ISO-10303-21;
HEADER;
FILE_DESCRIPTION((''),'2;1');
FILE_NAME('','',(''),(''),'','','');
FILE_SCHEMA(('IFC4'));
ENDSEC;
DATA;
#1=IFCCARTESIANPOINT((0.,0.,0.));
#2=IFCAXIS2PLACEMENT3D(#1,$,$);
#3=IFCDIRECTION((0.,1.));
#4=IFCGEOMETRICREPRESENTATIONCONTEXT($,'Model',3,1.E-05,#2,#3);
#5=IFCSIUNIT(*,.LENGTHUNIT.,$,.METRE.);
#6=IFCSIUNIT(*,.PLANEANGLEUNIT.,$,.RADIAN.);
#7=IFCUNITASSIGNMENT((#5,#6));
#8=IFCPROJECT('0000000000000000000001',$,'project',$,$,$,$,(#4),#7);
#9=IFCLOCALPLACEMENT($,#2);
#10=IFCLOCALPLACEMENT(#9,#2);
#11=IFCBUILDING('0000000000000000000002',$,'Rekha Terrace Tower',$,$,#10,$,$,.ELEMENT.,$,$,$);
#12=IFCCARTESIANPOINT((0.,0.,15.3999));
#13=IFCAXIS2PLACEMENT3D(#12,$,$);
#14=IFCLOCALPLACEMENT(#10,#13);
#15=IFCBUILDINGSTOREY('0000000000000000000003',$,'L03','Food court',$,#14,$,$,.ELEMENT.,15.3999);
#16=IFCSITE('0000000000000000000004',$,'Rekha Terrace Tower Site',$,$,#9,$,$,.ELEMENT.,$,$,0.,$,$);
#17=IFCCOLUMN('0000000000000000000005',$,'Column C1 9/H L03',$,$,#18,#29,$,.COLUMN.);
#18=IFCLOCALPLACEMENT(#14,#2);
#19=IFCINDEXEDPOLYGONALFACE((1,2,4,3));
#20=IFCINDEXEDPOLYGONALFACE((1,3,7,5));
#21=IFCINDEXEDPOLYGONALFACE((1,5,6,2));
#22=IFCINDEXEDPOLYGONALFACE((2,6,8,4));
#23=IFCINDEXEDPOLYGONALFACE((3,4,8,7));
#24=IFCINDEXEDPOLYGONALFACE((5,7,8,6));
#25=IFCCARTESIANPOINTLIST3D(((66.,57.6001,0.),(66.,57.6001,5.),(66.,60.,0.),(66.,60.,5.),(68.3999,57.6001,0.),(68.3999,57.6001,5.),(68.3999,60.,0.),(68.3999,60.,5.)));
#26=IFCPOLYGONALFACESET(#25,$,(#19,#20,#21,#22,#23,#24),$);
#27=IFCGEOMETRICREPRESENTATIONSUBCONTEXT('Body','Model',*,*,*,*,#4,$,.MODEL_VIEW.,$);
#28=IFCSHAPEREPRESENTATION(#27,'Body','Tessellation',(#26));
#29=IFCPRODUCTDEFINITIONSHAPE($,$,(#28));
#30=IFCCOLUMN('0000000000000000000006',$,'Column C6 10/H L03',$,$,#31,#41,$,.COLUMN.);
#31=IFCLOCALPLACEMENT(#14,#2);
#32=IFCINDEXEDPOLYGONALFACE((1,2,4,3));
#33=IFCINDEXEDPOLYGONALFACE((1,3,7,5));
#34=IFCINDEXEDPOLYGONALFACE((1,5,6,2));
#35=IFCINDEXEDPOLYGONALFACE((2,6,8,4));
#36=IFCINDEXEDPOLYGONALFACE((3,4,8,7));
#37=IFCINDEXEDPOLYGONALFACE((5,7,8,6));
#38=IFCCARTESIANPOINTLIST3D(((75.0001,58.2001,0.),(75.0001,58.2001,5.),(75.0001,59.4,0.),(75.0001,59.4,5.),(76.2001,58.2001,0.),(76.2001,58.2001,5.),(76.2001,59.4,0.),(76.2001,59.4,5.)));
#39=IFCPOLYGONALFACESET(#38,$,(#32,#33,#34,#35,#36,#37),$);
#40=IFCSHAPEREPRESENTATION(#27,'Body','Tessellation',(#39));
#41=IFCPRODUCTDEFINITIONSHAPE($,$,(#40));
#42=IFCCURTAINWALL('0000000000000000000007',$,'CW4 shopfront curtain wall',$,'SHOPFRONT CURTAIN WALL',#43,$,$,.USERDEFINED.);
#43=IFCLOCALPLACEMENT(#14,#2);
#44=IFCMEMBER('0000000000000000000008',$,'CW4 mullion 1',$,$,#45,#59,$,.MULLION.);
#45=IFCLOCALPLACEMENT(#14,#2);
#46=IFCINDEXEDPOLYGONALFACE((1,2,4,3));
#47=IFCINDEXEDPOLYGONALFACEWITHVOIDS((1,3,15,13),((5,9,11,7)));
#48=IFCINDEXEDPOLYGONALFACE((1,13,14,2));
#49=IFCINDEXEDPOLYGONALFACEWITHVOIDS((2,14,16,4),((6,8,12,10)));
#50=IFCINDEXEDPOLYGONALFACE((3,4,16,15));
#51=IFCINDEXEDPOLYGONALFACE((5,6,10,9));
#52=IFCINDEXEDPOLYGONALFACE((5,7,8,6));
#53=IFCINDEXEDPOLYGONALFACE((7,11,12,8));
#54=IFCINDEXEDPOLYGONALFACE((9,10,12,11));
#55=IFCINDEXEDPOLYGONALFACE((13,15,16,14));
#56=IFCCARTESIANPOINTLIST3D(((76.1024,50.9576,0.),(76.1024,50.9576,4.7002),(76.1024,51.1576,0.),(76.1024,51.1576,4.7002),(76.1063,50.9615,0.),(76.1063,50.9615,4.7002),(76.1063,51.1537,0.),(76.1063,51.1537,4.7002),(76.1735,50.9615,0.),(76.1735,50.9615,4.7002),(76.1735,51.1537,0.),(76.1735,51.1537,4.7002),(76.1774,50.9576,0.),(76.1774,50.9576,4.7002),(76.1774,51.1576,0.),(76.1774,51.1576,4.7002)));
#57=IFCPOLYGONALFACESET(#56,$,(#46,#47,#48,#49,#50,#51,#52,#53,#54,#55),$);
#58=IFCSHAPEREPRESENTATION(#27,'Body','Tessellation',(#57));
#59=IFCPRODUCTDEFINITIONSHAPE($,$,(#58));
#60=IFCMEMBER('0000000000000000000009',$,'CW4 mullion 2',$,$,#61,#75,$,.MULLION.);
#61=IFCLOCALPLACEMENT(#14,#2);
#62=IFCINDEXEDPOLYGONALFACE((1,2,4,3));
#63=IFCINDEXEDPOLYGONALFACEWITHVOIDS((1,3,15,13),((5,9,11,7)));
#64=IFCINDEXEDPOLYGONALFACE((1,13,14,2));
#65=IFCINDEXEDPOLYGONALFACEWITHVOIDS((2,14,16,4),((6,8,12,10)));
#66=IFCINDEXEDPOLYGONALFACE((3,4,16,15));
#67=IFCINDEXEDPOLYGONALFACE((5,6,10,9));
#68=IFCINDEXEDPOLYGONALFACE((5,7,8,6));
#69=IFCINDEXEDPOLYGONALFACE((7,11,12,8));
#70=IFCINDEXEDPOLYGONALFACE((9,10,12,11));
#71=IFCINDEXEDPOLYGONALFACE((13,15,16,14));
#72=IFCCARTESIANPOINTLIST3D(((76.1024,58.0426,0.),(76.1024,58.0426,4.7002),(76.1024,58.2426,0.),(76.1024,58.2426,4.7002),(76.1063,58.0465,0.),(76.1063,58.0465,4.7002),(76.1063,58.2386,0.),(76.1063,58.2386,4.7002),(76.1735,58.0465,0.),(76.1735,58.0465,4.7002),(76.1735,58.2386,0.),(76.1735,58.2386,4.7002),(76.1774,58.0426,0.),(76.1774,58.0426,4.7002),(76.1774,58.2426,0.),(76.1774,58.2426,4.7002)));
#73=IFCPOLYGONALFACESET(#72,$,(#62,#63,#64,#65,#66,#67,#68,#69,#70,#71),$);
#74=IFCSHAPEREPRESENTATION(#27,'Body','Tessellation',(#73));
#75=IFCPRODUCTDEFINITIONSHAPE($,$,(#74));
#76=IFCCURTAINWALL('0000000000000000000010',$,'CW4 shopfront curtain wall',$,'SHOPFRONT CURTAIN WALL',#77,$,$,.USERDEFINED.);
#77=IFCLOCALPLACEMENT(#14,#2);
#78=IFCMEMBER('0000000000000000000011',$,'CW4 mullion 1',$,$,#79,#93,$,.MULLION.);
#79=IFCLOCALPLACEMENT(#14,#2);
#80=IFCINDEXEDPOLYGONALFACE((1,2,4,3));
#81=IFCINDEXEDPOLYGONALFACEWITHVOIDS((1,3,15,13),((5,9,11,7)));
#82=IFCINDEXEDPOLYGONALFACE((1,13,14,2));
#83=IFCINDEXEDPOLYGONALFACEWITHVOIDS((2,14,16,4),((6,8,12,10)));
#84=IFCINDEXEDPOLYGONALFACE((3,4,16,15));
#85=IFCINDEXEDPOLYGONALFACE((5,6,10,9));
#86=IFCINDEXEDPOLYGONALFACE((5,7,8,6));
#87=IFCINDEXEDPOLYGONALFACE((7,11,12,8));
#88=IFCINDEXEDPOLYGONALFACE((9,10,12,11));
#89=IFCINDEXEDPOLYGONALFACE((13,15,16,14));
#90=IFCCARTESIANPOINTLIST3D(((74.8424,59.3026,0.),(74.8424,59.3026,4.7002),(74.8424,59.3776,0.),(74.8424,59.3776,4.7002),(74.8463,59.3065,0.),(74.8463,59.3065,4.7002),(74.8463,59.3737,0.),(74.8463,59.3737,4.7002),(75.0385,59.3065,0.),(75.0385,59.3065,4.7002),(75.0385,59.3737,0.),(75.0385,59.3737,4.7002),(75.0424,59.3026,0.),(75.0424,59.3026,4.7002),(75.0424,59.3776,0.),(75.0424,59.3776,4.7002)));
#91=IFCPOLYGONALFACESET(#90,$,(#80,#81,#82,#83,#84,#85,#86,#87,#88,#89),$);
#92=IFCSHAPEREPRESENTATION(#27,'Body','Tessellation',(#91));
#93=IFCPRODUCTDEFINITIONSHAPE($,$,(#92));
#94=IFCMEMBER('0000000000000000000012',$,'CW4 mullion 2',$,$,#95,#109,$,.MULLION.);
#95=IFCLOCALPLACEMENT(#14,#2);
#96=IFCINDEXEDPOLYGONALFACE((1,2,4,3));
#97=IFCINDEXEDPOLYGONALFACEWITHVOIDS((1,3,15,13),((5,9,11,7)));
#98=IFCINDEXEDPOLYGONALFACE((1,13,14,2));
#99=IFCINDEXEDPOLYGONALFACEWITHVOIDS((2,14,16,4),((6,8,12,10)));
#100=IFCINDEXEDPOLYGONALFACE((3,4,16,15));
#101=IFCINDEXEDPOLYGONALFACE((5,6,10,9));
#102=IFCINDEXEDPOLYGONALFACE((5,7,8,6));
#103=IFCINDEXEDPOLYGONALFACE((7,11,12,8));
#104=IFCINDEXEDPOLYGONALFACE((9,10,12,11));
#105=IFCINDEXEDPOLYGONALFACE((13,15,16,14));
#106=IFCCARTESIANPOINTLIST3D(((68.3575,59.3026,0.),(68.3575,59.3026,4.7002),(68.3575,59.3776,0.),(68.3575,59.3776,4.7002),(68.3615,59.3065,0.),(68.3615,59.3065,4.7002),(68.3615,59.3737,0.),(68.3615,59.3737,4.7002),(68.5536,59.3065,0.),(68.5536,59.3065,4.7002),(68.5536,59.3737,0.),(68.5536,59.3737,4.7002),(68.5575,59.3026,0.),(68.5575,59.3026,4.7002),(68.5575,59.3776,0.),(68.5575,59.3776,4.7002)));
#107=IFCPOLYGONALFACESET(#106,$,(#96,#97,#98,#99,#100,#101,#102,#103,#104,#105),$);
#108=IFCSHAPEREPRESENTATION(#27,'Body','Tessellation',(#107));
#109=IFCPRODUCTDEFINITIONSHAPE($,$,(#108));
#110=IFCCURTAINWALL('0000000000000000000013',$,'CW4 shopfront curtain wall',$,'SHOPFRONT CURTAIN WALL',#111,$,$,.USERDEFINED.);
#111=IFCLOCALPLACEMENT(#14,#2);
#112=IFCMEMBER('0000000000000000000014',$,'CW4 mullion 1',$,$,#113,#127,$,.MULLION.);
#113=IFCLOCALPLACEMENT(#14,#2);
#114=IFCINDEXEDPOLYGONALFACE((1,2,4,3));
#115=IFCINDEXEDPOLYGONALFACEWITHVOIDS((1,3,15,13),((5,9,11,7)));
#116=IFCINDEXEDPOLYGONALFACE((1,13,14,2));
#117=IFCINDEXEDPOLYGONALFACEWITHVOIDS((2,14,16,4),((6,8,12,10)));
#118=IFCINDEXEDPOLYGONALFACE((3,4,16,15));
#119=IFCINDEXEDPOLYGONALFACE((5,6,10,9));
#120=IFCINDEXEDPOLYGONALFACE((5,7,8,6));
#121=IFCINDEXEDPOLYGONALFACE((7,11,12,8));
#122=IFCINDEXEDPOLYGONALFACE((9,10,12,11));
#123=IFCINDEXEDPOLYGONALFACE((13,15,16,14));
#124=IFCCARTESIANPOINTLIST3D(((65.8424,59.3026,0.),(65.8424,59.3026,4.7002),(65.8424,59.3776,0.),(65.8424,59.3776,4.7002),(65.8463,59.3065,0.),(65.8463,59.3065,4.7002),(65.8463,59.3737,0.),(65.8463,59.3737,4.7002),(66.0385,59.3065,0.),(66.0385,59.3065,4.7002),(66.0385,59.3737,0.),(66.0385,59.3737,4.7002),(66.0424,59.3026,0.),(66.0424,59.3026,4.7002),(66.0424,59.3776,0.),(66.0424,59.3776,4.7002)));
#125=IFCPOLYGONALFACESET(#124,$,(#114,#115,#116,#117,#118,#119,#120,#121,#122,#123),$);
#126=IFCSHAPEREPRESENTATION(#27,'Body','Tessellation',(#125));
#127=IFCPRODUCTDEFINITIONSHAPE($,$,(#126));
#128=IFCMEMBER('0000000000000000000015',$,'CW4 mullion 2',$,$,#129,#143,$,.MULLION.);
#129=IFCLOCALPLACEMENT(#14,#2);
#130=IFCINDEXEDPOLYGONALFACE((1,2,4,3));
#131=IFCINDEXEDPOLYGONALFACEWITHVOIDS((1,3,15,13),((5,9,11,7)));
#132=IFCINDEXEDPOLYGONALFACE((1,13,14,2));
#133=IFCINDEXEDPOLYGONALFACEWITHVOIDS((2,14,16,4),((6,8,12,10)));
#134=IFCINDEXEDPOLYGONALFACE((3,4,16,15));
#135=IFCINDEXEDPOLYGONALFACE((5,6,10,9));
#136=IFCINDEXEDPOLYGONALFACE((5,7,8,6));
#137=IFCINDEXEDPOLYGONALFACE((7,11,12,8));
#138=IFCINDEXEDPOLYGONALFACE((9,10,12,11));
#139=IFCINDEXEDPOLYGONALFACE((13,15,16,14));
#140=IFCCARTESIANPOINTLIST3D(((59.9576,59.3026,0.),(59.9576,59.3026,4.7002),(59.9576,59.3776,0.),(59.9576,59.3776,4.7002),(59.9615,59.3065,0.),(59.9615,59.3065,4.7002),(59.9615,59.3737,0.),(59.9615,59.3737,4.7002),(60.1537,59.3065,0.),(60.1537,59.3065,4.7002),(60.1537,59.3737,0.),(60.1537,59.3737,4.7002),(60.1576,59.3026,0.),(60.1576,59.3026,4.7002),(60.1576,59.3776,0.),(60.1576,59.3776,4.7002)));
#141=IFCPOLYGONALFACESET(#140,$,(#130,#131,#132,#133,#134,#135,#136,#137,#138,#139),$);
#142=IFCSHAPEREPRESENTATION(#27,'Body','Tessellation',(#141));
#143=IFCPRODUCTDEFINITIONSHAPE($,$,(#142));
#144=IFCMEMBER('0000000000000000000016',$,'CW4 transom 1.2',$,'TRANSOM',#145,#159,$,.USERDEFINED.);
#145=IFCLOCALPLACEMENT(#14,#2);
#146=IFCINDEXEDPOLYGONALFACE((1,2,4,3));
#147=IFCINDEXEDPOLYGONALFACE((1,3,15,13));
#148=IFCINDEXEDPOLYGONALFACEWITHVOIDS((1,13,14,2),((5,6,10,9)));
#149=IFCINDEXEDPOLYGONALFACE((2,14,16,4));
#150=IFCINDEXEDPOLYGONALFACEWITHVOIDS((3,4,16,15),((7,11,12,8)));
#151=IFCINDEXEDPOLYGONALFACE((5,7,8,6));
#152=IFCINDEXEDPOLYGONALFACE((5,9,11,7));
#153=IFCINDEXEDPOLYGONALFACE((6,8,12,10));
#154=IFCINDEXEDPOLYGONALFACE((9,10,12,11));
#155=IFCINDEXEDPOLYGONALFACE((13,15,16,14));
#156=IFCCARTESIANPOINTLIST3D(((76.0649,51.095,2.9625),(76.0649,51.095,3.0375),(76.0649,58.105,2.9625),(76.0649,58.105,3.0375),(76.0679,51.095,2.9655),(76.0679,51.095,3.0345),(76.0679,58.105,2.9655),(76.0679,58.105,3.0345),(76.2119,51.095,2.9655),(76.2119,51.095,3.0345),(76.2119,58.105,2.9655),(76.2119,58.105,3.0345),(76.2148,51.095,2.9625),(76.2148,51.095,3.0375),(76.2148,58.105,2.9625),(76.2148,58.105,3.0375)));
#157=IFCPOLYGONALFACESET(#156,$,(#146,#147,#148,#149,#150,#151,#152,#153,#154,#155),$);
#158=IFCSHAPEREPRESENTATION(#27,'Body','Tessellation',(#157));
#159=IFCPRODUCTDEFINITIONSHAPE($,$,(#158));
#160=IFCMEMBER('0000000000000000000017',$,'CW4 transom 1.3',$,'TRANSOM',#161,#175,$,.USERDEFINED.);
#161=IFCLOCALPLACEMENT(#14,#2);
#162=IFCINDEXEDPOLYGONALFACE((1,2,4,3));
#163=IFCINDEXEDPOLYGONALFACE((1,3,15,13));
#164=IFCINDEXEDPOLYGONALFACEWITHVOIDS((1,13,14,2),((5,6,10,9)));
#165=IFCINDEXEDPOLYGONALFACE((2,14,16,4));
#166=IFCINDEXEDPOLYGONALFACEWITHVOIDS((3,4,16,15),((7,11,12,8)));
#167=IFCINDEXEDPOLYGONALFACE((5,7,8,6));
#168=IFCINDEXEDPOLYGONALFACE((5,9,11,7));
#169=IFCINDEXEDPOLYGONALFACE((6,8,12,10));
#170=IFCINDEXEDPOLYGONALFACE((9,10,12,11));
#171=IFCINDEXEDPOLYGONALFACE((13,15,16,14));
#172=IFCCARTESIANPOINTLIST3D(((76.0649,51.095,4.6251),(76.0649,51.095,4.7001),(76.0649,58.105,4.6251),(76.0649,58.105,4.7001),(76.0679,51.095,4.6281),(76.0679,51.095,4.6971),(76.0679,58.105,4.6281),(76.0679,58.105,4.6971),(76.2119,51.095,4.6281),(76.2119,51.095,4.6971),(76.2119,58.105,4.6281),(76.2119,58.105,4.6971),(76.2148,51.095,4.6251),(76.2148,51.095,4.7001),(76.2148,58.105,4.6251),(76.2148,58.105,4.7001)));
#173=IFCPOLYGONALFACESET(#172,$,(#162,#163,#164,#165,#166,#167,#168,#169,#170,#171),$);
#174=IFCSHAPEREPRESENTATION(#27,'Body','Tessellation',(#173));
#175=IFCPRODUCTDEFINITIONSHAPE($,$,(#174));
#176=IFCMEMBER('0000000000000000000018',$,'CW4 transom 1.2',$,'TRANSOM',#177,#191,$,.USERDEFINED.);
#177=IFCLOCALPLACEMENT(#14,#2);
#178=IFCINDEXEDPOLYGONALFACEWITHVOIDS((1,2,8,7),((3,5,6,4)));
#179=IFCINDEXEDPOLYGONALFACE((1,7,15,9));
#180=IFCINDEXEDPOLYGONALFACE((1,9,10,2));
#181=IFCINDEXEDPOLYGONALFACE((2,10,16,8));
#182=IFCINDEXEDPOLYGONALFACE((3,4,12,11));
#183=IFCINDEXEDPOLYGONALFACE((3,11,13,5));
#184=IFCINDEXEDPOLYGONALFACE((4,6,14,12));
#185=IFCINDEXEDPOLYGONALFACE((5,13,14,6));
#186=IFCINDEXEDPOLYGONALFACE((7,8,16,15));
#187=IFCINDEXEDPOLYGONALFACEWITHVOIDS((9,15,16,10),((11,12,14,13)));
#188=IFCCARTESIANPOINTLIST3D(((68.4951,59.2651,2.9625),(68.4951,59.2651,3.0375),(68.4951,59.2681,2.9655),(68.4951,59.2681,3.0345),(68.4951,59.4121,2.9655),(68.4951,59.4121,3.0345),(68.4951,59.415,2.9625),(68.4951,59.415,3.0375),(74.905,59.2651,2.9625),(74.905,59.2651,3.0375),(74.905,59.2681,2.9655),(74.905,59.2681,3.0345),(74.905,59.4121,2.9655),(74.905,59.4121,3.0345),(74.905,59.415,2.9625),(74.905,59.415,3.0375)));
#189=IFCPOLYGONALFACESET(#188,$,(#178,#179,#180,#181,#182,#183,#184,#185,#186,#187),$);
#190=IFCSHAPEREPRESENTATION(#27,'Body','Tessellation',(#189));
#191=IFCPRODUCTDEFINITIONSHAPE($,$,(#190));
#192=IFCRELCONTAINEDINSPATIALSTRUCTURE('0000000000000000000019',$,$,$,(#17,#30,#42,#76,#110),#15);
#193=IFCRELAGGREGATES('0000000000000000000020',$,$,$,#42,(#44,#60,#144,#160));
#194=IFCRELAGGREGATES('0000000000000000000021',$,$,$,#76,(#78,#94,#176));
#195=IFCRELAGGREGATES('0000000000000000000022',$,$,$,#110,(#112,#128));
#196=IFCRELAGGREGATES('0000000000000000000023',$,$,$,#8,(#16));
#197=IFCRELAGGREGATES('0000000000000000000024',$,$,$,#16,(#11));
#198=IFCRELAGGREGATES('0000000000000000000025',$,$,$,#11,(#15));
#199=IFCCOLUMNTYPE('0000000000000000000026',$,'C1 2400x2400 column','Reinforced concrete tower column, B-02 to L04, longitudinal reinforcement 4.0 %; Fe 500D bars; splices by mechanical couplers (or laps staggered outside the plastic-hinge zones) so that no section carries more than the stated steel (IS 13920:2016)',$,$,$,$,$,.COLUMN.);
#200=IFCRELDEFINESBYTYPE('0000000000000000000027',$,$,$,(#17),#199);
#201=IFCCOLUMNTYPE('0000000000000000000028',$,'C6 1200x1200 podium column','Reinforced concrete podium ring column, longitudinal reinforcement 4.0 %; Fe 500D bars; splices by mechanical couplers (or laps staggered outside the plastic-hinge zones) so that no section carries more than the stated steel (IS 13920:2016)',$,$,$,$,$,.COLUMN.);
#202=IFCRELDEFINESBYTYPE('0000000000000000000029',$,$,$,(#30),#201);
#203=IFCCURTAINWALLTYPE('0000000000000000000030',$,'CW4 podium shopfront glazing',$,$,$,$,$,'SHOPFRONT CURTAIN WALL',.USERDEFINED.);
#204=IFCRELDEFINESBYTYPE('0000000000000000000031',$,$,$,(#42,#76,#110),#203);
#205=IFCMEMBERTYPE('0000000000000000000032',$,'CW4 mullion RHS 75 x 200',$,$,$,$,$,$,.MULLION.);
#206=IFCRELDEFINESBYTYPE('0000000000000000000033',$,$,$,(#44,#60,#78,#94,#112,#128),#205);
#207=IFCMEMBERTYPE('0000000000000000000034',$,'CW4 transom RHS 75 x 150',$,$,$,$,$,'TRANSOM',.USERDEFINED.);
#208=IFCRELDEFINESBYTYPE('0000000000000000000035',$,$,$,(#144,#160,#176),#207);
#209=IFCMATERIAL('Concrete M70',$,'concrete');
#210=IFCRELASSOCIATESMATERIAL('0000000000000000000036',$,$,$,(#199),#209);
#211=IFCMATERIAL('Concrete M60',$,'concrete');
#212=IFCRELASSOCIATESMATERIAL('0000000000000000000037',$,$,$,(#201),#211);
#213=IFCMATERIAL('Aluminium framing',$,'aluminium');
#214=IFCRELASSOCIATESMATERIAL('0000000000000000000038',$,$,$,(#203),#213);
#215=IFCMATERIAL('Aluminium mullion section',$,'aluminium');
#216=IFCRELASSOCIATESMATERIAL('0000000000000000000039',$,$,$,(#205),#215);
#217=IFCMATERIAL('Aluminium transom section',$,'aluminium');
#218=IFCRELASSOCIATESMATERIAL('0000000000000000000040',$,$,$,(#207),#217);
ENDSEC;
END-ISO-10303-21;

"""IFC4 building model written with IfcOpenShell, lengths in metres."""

from ifc_helpers import new_model, si_unit, direction, frame, origin, origin_2d, place, context, subcontext, project, spatial, rectangle, hollow_rectangle, extrude, material, material_profile, profile_set, type_object, element, aggregate, save


model = new_model("IFC4")

# Units and contexts
model_context = context("Model", 3, precision=1e-05, world=origin(), true_north=direction((0.0, 1.0)))
body_context = subcontext(model_context, "Body", "Model", "MODEL_VIEW")
ifc_project = project(units=[si_unit("LENGTHUNIT", "METRE"), si_unit("PLANEANGLEUNIT", "RADIAN")], contexts=[model_context])

# Site, building, storey
site_placement = place(None, origin())
site = spatial("IfcSite", under=ifc_project, at=site_placement, Name="Rekha Terrace Tower Site", CompositionType="ELEMENT", RefElevation=0.0)
building_placement = place(site_placement, origin())
building = spatial("IfcBuilding", under=site, at=building_placement, Name="Rekha Terrace Tower", CompositionType="ELEMENT")
storey_placement = place(building_placement, frame((0.0, 0.0, 15.3999)))
storey = spatial("IfcBuildingStorey", under=building, at=storey_placement, Name="L03", Description="Food court", CompositionType="ELEMENT", Elevation=15.3999)

# Columns
ifc_material_1 = material(Name="Concrete M70", Category="concrete")
ifc_material_profile_1 = material_profile(ifc_material_1, rectangle(XDim=2.3999, YDim=2.3999, at=origin_2d()), Name="RC 2400x2400")
ifc_profile_set_1 = profile_set([ifc_material_profile_1], Name="Concrete M70")
column_type_1 = type_object("IfcColumnType", Name="C1 2400x2400 column", Description="Reinforced concrete tower column, B-02 to L04, longitudinal reinforcement 4.0 %; Fe 500D bars; splices by mechanical couplers (or laps staggered outside the plastic-hinge zones) so that no section carries more than the stated steel (IS 13920:2016)", PredefinedType="COLUMN", material=ifc_profile_set_1)
column_1_placement = place(storey_placement, frame((67.2, 58.8, 0.0), z_axis=(0.0, 0.0, 1.0), x_axis=(1.0, 0.0, 0.0)))
element("IfcColumn", 1, at=column_1_placement, inside=storey, type_object=column_type_1, Name="Column C1 9/H L03", PredefinedType="COLUMN", context=body_context, shape_type="SweptSolid", body=[
    extrude(rectangle(XDim=2.3999, YDim=2.3999, at=origin_2d()), origin(), (0.0, 0.0, 1.0), 5.0),
])
ifc_material_2 = material(Name="Concrete M60", Category="concrete")
ifc_material_profile_2 = material_profile(ifc_material_2, rectangle(XDim=1.2, YDim=1.2, at=origin_2d()), Name="RC 1200x1200")
ifc_profile_set_2 = profile_set([ifc_material_profile_2], Name="Concrete M60")
column_type_2 = type_object("IfcColumnType", Name="C6 1200x1200 podium column", Description="Reinforced concrete podium ring column, longitudinal reinforcement 4.0 %; Fe 500D bars; splices by mechanical couplers (or laps staggered outside the plastic-hinge zones) so that no section carries more than the stated steel (IS 13920:2016)", PredefinedType="COLUMN", material=ifc_profile_set_2)
column_2_placement = place(storey_placement, frame((75.6001, 58.8, 0.0), z_axis=(0.0, 0.0, 1.0), x_axis=(1.0, 0.0, 0.0)))
element("IfcColumn", 2, at=column_2_placement, inside=storey, type_object=column_type_2, Name="Column C6 10/H L03", PredefinedType="COLUMN", context=body_context, shape_type="SweptSolid", body=[
    extrude(rectangle(XDim=1.2, YDim=1.2, at=origin_2d()), origin(), (0.0, 0.0, 1.0), 5.0),
])

# Curtain walls, members
ifc_material_3 = material(Name="Aluminium framing", Category="aluminium")
curtain_wall_type = type_object("IfcCurtainWallType", Name="CW4 podium shopfront glazing", ElementType="SHOPFRONT CURTAIN WALL", PredefinedType="USERDEFINED", material=ifc_material_3)
curtain_wall_1_placement = place(storey_placement, origin())
curtain_wall_1 = element("IfcCurtainWall", 3, at=curtain_wall_1_placement, inside=storey, type_object=curtain_wall_type, Name="CW4 shopfront curtain wall", ObjectType="SHOPFRONT CURTAIN WALL", PredefinedType="USERDEFINED")
ifc_material_4 = material(Name="Aluminium mullion section", Category="aluminium")
ifc_material_profile_3 = material_profile(ifc_material_4, hollow_rectangle(XDim=0.075, YDim=0.2, WallThickness=0.0039, at=origin_2d()), Name="AL RHS 75x200")
ifc_profile_set_3 = profile_set([ifc_material_profile_3], Name="Aluminium mullion section")
member_type_1 = type_object("IfcMemberType", Name="CW4 mullion RHS 75 x 200", PredefinedType="MULLION", material=ifc_profile_set_3)
member_1_placement = place(storey_placement, frame((76.1399, 51.0576, 0.0), z_axis=(0.0, 0.0, 1.0), x_axis=(-1.0, 0.0, 0.0)))
member_1 = element("IfcMember", 4, at=member_1_placement, type_object=member_type_1, Name="CW4 mullion 1", PredefinedType="MULLION", context=body_context, shape_type="SweptSolid", body=[
    extrude(hollow_rectangle(XDim=0.075, YDim=0.2, WallThickness=0.0039, at=origin_2d()), origin(), (0.0, 0.0, 1.0), 4.7002),
])
member_2_placement = place(storey_placement, frame((76.1399, 58.1426, 0.0), z_axis=(0.0, 0.0, 1.0), x_axis=(-1.0, 0.0, 0.0)))
member_2 = element("IfcMember", 5, at=member_2_placement, type_object=member_type_1, Name="CW4 mullion 2", PredefinedType="MULLION", context=body_context, shape_type="SweptSolid", body=[
    extrude(hollow_rectangle(XDim=0.075, YDim=0.2, WallThickness=0.0039, at=origin_2d()), origin(), (0.0, 0.0, 1.0), 4.7002),
])
curtain_wall_2_placement = place(storey_placement, origin())
curtain_wall_2 = element("IfcCurtainWall", 6, at=curtain_wall_2_placement, inside=storey, type_object=curtain_wall_type, Name="CW4 shopfront curtain wall", ObjectType="SHOPFRONT CURTAIN WALL", PredefinedType="USERDEFINED")
member_3_placement = place(storey_placement, frame((74.9424, 59.3401, 0.0), z_axis=(0.0, 0.0, 1.0), x_axis=(0.0, -1.0, 0.0)))
member_3 = element("IfcMember", 7, at=member_3_placement, type_object=member_type_1, Name="CW4 mullion 1", PredefinedType="MULLION", context=body_context, shape_type="SweptSolid", body=[
    extrude(hollow_rectangle(XDim=0.075, YDim=0.2, WallThickness=0.0039, at=origin_2d()), origin(), (0.0, 0.0, 1.0), 4.7002),
])
member_4_placement = place(storey_placement, frame((68.4575, 59.3401, 0.0), z_axis=(0.0, 0.0, 1.0), x_axis=(0.0, -1.0, 0.0)))
member_4 = element("IfcMember", 8, at=member_4_placement, type_object=member_type_1, Name="CW4 mullion 2", PredefinedType="MULLION", context=body_context, shape_type="SweptSolid", body=[
    extrude(hollow_rectangle(XDim=0.075, YDim=0.2, WallThickness=0.0039, at=origin_2d()), origin(), (0.0, 0.0, 1.0), 4.7002),
])
curtain_wall_3_placement = place(storey_placement, origin())
curtain_wall_3 = element("IfcCurtainWall", 9, at=curtain_wall_3_placement, inside=storey, type_object=curtain_wall_type, Name="CW4 shopfront curtain wall", ObjectType="SHOPFRONT CURTAIN WALL", PredefinedType="USERDEFINED")
member_5_placement = place(storey_placement, frame((65.9424, 59.3401, 0.0), z_axis=(0.0, 0.0, 1.0), x_axis=(0.0, -1.0, 0.0)))
member_5 = element("IfcMember", 10, at=member_5_placement, type_object=member_type_1, Name="CW4 mullion 1", PredefinedType="MULLION", context=body_context, shape_type="SweptSolid", body=[
    extrude(hollow_rectangle(XDim=0.075, YDim=0.2, WallThickness=0.0039, at=origin_2d()), origin(), (0.0, 0.0, 1.0), 4.7002),
])
member_6_placement = place(storey_placement, frame((60.0576, 59.3401, 0.0), z_axis=(0.0, 0.0, 1.0), x_axis=(0.0, -1.0, 0.0)))
member_6 = element("IfcMember", 11, at=member_6_placement, type_object=member_type_1, Name="CW4 mullion 2", PredefinedType="MULLION", context=body_context, shape_type="SweptSolid", body=[
    extrude(hollow_rectangle(XDim=0.075, YDim=0.2, WallThickness=0.0039, at=origin_2d()), origin(), (0.0, 0.0, 1.0), 4.7002),
])

# Members
ifc_material_5 = material(Name="Aluminium transom section", Category="aluminium")
ifc_material_profile_4 = material_profile(ifc_material_5, hollow_rectangle(XDim=0.1499, YDim=0.075, WallThickness=0.0029, at=origin_2d()), Name="AL RHS 150x75")
ifc_profile_set_4 = profile_set([ifc_material_profile_4], Name="Aluminium transom section")
member_type_2 = type_object("IfcMemberType", Name="CW4 transom RHS 75 x 150", ElementType="TRANSOM", PredefinedType="USERDEFINED", material=ifc_profile_set_4)
member_7_placement = place(storey_placement, frame((76.1399, 51.095, 3.0), z_axis=(0.0, 1.0, 0.0), x_axis=(-1.0, 0.0, 0.0)))
member_7 = element("IfcMember", 12, at=member_7_placement, type_object=member_type_2, Name="CW4 transom 1.2", ObjectType="TRANSOM", PredefinedType="USERDEFINED", context=body_context, shape_type="SweptSolid", body=[
    extrude(hollow_rectangle(XDim=0.1499, YDim=0.075, WallThickness=0.0029, at=origin_2d()), origin(), (0.0, 0.0, 1.0), 7.01),
])
member_8_placement = place(storey_placement, frame((76.1399, 51.095, 4.6626), z_axis=(0.0, 1.0, 0.0), x_axis=(-1.0, 0.0, 0.0)))
member_8 = element("IfcMember", 13, at=member_8_placement, type_object=member_type_2, Name="CW4 transom 1.3", ObjectType="TRANSOM", PredefinedType="USERDEFINED", context=body_context, shape_type="SweptSolid", body=[
    extrude(hollow_rectangle(XDim=0.1499, YDim=0.075, WallThickness=0.0029, at=origin_2d()), origin(), (0.0, 0.0, 1.0), 7.01),
])
member_9_placement = place(storey_placement, frame((74.905, 59.3401, 3.0), z_axis=(-1.0, 0.0, 0.0), x_axis=(0.0, -1.0, 0.0)))
member_9 = element("IfcMember", 14, at=member_9_placement, type_object=member_type_2, Name="CW4 transom 1.2", ObjectType="TRANSOM", PredefinedType="USERDEFINED", context=body_context, shape_type="SweptSolid", body=[
    extrude(hollow_rectangle(XDim=0.1499, YDim=0.075, WallThickness=0.0029, at=origin_2d()), origin(), (0.0, 0.0, 1.0), 6.4099),
])

aggregate(curtain_wall_1, [member_1, member_2, member_7, member_8])
aggregate(curtain_wall_2, [member_3, member_4, member_9])
aggregate(curtain_wall_3, [member_5, member_6])

save(model, "model.ifc")
